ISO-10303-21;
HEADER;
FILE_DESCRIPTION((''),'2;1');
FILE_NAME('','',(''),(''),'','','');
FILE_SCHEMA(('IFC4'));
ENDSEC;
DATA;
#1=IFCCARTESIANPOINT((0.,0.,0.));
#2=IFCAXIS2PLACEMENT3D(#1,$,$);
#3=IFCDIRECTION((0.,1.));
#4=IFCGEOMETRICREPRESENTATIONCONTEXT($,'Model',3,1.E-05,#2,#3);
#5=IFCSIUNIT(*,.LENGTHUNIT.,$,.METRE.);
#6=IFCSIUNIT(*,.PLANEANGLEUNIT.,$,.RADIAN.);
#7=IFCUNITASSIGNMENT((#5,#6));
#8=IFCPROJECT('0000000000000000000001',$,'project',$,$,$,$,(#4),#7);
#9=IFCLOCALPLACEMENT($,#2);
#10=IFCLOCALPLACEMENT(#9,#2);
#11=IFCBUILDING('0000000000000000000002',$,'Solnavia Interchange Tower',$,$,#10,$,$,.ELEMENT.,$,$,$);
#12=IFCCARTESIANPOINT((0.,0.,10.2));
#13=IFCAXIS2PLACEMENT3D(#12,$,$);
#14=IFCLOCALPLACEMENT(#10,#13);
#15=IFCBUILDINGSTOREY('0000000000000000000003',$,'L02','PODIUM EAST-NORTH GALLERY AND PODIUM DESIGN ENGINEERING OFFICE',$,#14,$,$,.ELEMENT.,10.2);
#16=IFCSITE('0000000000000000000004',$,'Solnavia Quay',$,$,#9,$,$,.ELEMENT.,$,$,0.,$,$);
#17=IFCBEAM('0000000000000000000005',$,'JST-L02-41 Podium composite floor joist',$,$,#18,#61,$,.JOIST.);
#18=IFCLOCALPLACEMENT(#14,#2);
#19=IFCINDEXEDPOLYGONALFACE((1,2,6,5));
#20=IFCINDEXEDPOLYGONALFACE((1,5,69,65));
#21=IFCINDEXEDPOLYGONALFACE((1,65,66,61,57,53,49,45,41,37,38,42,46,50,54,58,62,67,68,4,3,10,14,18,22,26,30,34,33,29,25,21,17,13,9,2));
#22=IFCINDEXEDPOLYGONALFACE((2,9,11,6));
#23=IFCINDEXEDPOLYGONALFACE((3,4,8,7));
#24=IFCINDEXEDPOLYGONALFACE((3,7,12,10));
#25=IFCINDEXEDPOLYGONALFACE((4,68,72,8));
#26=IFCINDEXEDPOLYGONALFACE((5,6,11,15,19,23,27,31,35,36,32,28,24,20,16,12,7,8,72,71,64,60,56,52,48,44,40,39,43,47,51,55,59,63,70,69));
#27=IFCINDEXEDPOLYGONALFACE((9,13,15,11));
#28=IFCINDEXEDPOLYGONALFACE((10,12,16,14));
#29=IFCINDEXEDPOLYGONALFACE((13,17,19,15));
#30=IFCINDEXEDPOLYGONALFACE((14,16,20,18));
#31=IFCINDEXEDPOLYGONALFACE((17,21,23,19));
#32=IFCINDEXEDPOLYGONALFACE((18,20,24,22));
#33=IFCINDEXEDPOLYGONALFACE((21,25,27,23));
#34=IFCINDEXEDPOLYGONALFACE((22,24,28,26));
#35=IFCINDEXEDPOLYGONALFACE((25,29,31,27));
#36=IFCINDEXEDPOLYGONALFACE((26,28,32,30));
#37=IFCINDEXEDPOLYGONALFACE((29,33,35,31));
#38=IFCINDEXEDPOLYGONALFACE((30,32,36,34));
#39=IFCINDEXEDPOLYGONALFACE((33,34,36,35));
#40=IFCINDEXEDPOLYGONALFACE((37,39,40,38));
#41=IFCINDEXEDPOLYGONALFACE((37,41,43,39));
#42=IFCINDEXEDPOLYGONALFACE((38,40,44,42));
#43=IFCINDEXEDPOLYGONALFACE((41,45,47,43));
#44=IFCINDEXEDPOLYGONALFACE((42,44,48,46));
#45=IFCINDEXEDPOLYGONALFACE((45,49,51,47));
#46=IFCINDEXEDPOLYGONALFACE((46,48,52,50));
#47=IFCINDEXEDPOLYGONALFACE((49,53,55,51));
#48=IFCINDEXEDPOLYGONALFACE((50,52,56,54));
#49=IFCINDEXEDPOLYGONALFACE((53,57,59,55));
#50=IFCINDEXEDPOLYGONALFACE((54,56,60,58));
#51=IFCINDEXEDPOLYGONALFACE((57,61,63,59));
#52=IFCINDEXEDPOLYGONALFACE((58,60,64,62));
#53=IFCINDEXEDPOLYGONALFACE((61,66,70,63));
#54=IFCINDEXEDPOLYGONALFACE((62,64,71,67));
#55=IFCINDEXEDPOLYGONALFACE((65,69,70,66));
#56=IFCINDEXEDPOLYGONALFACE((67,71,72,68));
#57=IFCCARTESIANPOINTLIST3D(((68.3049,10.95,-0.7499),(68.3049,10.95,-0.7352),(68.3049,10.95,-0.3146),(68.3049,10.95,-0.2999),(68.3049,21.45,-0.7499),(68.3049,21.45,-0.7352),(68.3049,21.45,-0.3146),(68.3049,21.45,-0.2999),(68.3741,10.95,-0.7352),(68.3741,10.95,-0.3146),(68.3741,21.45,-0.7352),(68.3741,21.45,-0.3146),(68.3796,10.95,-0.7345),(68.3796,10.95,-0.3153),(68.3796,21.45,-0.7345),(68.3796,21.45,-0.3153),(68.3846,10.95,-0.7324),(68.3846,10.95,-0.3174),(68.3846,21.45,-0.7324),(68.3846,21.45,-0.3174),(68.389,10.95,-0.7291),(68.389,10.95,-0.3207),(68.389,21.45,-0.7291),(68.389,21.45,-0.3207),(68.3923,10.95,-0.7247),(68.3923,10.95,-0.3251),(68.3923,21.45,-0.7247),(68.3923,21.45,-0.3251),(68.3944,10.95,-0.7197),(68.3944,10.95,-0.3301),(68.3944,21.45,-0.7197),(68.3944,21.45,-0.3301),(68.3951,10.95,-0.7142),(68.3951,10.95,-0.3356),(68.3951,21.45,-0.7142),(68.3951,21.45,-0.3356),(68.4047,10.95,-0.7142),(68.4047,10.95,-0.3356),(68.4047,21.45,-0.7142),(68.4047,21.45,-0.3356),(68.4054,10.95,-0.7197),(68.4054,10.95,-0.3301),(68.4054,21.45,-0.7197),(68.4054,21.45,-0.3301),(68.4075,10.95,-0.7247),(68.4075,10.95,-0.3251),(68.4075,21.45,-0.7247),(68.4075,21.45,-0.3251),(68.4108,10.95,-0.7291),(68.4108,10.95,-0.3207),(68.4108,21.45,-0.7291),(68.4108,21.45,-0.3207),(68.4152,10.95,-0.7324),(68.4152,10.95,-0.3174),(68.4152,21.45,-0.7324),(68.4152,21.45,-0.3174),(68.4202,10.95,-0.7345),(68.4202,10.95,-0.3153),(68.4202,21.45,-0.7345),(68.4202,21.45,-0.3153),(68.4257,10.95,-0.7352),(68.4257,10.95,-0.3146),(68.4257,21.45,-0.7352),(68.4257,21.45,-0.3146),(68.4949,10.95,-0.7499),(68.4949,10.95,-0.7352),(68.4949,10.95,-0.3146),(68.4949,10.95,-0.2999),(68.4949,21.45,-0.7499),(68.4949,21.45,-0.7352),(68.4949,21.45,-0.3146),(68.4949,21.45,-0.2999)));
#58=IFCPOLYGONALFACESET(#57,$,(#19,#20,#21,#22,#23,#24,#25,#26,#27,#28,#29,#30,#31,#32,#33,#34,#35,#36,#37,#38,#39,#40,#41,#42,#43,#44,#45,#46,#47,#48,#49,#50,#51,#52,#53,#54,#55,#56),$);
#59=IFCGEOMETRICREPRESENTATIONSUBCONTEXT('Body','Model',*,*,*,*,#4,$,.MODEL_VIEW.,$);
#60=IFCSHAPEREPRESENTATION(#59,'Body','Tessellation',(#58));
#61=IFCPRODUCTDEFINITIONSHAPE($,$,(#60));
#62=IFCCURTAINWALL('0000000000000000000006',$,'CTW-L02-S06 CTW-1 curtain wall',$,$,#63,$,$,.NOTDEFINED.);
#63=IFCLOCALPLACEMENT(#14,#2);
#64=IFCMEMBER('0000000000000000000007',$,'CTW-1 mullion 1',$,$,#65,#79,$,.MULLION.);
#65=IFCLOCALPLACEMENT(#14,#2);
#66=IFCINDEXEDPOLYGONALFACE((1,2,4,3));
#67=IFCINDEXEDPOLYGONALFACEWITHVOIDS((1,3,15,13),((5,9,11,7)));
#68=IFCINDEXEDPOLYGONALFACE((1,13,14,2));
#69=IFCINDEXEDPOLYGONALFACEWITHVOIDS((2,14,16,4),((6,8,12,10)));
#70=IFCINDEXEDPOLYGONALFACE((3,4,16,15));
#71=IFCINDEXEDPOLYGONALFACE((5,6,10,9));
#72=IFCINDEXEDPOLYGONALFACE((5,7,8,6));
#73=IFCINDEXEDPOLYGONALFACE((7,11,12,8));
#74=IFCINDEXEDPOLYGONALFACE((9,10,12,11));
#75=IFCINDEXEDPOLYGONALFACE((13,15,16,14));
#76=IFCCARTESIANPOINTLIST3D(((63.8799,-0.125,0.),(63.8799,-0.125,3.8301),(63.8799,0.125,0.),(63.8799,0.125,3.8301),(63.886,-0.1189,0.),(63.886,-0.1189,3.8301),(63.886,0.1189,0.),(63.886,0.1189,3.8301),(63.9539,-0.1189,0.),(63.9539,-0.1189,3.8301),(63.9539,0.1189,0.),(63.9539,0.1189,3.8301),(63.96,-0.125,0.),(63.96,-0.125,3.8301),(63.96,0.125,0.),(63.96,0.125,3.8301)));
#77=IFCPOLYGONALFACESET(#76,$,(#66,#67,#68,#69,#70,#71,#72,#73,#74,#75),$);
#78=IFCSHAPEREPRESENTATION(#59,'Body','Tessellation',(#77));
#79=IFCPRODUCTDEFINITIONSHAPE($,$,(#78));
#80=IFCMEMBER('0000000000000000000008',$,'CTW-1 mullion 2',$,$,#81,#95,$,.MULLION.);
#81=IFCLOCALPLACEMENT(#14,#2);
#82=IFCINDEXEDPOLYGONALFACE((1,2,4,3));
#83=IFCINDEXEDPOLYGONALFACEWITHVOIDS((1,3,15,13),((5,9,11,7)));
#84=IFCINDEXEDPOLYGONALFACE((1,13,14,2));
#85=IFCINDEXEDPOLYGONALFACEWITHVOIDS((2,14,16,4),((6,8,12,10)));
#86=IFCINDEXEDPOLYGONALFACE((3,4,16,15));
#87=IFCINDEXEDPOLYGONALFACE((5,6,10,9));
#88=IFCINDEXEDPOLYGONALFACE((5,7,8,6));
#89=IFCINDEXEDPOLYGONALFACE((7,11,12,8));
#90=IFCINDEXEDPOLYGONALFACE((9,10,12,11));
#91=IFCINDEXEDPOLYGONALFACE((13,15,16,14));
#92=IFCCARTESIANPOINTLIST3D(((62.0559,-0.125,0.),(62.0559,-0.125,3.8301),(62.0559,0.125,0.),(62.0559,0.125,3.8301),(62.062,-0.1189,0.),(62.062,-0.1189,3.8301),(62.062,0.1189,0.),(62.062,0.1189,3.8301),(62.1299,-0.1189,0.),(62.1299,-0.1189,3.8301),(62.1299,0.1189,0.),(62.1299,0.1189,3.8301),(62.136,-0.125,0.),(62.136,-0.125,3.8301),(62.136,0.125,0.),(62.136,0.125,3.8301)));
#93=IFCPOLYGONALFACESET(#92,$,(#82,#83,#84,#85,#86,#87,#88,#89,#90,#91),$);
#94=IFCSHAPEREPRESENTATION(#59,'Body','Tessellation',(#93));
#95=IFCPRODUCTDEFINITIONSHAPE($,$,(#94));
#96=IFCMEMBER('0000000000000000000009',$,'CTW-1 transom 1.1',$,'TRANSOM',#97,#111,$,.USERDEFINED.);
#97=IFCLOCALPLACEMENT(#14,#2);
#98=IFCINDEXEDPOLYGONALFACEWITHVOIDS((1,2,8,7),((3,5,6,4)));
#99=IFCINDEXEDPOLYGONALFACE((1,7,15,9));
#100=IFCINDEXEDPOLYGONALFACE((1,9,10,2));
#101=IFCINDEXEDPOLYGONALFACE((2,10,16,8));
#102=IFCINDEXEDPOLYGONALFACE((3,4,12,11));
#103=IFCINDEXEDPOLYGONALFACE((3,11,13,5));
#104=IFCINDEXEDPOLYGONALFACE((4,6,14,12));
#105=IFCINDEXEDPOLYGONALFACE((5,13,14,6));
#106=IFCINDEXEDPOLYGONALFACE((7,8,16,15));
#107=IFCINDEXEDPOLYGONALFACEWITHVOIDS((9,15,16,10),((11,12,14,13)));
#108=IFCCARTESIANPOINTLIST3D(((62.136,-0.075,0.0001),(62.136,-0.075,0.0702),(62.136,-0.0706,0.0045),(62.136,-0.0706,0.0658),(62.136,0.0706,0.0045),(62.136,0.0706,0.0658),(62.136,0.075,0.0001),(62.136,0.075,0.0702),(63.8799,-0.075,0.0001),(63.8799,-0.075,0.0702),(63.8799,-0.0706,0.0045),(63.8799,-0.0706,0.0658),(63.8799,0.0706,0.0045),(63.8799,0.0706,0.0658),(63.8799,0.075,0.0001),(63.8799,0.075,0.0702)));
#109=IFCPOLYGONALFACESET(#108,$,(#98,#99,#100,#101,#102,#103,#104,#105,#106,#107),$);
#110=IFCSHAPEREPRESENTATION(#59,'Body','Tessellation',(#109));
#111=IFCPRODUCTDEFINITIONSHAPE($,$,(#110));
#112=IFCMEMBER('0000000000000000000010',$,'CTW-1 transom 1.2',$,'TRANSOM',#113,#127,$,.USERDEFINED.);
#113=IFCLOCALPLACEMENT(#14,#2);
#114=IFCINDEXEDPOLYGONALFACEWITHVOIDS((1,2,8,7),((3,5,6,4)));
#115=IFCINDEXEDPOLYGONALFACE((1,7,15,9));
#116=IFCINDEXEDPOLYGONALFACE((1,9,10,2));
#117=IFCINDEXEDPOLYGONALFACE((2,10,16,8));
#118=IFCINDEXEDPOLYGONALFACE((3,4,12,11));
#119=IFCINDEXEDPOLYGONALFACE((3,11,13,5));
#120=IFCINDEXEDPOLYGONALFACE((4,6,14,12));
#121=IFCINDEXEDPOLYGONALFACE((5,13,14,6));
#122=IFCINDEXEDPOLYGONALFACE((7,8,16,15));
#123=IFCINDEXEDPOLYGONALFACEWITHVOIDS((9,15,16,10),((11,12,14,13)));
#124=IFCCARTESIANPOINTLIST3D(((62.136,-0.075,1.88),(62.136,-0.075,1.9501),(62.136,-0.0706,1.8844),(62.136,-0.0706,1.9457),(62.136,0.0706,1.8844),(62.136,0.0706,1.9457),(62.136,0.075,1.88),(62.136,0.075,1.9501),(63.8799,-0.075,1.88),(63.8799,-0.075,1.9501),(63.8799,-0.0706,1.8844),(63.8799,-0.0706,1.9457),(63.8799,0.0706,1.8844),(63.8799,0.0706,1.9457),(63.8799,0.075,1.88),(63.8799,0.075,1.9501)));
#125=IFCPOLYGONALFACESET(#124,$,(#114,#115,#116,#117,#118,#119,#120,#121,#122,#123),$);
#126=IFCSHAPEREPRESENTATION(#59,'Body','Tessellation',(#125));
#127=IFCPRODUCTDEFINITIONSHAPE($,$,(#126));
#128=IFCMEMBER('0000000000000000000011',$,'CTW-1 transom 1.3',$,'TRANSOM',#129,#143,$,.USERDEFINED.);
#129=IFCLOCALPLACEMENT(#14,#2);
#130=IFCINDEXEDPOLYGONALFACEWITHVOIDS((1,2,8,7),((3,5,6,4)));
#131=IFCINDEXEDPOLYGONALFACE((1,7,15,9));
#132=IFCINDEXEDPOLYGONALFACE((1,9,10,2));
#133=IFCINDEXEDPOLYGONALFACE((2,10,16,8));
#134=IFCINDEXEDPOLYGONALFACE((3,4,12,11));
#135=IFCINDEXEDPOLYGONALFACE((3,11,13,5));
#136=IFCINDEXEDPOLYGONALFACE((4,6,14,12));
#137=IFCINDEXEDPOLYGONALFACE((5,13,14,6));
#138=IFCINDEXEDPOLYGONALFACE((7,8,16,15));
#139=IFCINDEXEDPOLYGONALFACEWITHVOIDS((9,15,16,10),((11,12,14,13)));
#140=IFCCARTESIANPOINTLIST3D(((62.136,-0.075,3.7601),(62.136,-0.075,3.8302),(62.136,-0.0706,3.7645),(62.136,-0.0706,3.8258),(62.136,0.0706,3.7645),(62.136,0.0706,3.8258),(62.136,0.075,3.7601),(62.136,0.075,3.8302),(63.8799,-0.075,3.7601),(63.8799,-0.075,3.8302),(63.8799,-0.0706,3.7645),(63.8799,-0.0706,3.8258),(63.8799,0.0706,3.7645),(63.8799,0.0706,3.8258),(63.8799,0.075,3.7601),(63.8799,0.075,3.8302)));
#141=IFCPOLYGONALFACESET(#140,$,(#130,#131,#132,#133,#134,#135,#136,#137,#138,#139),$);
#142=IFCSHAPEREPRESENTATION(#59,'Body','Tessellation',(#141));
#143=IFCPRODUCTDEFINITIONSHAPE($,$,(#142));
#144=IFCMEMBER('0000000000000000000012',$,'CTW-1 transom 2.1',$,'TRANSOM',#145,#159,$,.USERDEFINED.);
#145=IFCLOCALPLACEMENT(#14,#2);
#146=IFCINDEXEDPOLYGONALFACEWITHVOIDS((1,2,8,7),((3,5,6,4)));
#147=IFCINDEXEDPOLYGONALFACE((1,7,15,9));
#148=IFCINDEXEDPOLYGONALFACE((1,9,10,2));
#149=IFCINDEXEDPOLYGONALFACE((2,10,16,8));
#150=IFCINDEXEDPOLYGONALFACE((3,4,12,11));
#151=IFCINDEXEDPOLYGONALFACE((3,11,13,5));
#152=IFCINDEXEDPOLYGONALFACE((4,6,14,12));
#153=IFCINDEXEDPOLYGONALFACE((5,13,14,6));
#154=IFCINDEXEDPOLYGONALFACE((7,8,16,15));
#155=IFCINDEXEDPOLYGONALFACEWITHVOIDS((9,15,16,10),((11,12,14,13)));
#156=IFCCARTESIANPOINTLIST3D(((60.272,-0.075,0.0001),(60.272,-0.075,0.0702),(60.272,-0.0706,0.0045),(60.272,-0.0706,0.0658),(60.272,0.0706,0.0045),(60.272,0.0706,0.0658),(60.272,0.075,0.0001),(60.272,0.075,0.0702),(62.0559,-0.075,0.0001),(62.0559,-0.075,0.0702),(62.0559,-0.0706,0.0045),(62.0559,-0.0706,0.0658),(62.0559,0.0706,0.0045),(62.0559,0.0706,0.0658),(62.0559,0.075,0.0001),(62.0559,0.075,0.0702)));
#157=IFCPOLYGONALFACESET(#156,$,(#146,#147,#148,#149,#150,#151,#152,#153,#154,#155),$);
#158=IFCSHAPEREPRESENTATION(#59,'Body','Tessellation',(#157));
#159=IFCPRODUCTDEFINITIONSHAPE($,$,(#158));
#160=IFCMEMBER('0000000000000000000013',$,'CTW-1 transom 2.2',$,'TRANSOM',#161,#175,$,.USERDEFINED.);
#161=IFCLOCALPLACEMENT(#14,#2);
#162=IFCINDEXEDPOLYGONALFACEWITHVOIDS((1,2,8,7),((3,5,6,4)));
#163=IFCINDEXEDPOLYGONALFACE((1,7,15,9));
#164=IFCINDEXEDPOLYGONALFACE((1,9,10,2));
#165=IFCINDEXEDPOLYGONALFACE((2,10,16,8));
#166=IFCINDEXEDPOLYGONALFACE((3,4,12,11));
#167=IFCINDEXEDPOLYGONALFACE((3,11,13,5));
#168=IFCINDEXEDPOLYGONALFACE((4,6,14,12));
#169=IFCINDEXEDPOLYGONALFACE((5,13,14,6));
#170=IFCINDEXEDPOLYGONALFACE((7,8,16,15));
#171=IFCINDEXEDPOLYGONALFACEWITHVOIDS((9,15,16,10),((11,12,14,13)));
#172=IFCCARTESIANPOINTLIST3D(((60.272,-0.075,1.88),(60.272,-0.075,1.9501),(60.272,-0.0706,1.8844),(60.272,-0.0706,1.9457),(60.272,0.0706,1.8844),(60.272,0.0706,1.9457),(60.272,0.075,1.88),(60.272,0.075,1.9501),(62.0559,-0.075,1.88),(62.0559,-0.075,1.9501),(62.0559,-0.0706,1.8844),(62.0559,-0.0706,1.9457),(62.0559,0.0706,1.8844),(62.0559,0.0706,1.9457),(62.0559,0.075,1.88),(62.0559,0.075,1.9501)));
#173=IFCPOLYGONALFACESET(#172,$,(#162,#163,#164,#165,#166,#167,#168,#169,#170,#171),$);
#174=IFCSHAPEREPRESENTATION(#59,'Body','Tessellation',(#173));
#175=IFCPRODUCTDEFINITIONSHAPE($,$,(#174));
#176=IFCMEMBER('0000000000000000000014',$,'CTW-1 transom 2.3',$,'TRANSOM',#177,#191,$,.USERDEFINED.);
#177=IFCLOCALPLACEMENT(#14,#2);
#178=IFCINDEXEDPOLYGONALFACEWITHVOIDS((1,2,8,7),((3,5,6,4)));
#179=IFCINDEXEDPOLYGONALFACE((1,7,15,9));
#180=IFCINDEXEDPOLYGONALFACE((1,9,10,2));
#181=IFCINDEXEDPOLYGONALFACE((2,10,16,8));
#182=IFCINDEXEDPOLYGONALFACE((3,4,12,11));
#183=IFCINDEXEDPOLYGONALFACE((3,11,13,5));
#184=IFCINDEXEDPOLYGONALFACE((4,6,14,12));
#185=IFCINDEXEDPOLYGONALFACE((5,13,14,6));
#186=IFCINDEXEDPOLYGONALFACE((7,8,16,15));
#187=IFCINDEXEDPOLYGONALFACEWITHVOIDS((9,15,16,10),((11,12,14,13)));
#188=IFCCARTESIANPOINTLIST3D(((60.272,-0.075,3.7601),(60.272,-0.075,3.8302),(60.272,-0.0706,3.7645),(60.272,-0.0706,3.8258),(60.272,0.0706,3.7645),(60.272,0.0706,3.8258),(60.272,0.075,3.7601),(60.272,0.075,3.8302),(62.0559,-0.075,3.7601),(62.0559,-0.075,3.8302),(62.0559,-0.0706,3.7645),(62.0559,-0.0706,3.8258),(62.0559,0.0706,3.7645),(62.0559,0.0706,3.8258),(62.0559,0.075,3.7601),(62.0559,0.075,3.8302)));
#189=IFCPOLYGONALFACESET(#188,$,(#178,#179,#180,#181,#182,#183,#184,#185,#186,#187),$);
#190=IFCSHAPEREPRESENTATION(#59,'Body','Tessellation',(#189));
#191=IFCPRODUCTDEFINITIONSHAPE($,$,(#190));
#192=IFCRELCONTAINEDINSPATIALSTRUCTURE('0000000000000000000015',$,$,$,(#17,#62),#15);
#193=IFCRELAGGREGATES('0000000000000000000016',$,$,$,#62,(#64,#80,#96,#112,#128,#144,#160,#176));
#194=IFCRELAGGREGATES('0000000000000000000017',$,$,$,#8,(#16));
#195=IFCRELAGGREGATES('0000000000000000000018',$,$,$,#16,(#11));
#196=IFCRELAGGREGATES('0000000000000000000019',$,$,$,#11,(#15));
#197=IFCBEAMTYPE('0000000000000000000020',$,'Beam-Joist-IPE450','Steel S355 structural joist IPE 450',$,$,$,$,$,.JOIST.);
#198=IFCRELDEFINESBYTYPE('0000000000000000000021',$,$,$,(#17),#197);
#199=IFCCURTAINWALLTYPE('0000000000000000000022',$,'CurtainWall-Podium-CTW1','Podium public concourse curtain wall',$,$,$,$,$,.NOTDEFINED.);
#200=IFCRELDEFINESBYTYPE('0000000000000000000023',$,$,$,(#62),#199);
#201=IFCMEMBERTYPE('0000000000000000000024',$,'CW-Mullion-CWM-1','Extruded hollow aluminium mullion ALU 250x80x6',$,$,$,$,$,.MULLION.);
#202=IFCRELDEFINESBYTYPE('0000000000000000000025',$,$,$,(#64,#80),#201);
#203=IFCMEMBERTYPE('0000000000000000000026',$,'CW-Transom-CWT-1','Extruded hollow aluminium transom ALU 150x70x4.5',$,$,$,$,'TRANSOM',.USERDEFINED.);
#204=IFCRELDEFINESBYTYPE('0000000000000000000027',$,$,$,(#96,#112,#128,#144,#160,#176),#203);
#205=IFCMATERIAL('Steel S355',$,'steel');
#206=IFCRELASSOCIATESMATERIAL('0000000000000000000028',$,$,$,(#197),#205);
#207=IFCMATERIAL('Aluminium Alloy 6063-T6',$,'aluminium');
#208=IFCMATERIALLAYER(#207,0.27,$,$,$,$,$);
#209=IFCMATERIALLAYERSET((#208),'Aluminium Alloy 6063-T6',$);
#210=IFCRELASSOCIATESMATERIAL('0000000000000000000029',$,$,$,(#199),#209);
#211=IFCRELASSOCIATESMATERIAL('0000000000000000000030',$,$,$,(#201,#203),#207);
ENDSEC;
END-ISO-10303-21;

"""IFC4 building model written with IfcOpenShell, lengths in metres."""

from ifc_helpers import new_model, si_unit, direction, frame, origin, origin_2d, place, context, subcontext, project, spatial, hollow_rectangle, i_section, extrude, material, layer, layer_set, material_profile, profile_set, type_object, element, aggregate, save


model = new_model("IFC4")

# Units and contexts
model_context = context("Model", 3, precision=1e-05, world=origin(), true_north=direction((0.0, 1.0)))
body_context = subcontext(model_context, "Body", "Model", "MODEL_VIEW")
ifc_project = project(units=[si_unit("LENGTHUNIT", "METRE"), si_unit("PLANEANGLEUNIT", "RADIAN")], contexts=[model_context])

# Site, building, storey
site_placement = place(None, origin())
site = spatial("IfcSite", under=ifc_project, at=site_placement, Name="Solnavia Quay", CompositionType="ELEMENT", RefElevation=0.0)
building_placement = place(site_placement, origin())
building = spatial("IfcBuilding", under=site, at=building_placement, Name="Solnavia Interchange Tower", CompositionType="ELEMENT")
storey_placement = place(building_placement, frame((0.0, 0.0, 10.2)))
storey = spatial("IfcBuildingStorey", under=building, at=storey_placement, Name="L02", Description="PODIUM EAST-NORTH GALLERY AND PODIUM DESIGN ENGINEERING OFFICE", CompositionType="ELEMENT", Elevation=10.2)

# Beam
ifc_material_1 = material(Name="Steel S355", Category="steel")
ifc_material_profile_1 = material_profile(ifc_material_1, i_section(OverallWidth=0.1899, OverallDepth=0.45, WebThickness=0.0095, FlangeThickness=0.0146, FilletRadius=0.021, at=origin_2d()), Name="IPE 450")
ifc_profile_set_1 = profile_set([ifc_material_profile_1], Name="Steel S355")
beam_type_1 = type_object("IfcBeamType", Name="Beam-Joist-IPE450", Description="Steel S355 structural joist IPE 450", PredefinedType="JOIST", material=ifc_profile_set_1)
for number, where, z_axis, x_axis, name in (
    (1, (68.3999, 10.95, -0.5249), (0.0, 1.0, 0.0), (-1.0, 0.0, 0.0), "JST-L02-41 Podium composite floor joist"),
):
    element("IfcBeam", number, at=place(storey_placement, frame(where, z_axis=z_axis, x_axis=x_axis)), inside=storey, type_object=beam_type_1, Name=name, PredefinedType="JOIST", context=body_context, shape_type="SweptSolid", body=[
        extrude(i_section(OverallWidth=0.1899, OverallDepth=0.45, WebThickness=0.0095, FlangeThickness=0.0146, FilletRadius=0.021, at=origin_2d()), origin(), (0.0, 0.0, 1.0), 10.5),
    ])

# Curtain wall, members
ifc_material_2 = material(Name="Aluminium Alloy 6063-T6", Category="aluminium")
ifc_layer_1 = layer(ifc_material_2, 0.27)
ifc_layer_set_1 = layer_set([ifc_layer_1], Name="Aluminium Alloy 6063-T6")
curtain_wall_type = type_object("IfcCurtainWallType", Name="CurtainWall-Podium-CTW1", Description="Podium public concourse curtain wall", PredefinedType="NOTDEFINED", material=ifc_layer_set_1)
curtain_wall_placement = place(storey_placement, origin())
curtain_wall = element("IfcCurtainWall", 2, at=curtain_wall_placement, inside=storey, type_object=curtain_wall_type, Name="CTW-L02-S06 CTW-1 curtain wall", PredefinedType="NOTDEFINED")
ifc_material_profile_2 = material_profile(ifc_material_2, hollow_rectangle(XDim=0.0801, YDim=0.25, WallThickness=0.0061, at=origin_2d()), Name="ALU 250x80x6")
ifc_profile_set_2 = profile_set([ifc_material_profile_2], Name="Aluminium Alloy 6063-T6")
member_type_1 = type_object("IfcMemberType", Name="CW-Mullion-CWM-1", Description="Extruded hollow aluminium mullion ALU 250x80x6", PredefinedType="MULLION", material=ifc_profile_set_2)
member_1_placement = place(storey_placement, frame((63.9199, 0.0, 0.0), z_axis=(0.0, 0.0, 1.0), x_axis=(-1.0, 0.0, 0.0)))
member_1 = element("IfcMember", 3, at=member_1_placement, type_object=member_type_1, Name="CTW-1 mullion 1", PredefinedType="MULLION", context=body_context, shape_type="SweptSolid", body=[
    extrude(hollow_rectangle(XDim=0.0801, YDim=0.25, WallThickness=0.0061, at=origin_2d()), origin(), (0.0, 0.0, 1.0), 3.8301),
])
member_2_placement = place(storey_placement, frame((62.0959, 0.0, 0.0), z_axis=(0.0, 0.0, 1.0), x_axis=(-1.0, 0.0, 0.0)))
member_2 = element("IfcMember", 4, at=member_2_placement, type_object=member_type_1, Name="CTW-1 mullion 2", PredefinedType="MULLION", context=body_context, shape_type="SweptSolid", body=[
    extrude(hollow_rectangle(XDim=0.0801, YDim=0.25, WallThickness=0.0061, at=origin_2d()), origin(), (0.0, 0.0, 1.0), 3.8301),
])
ifc_material_profile_3 = material_profile(ifc_material_2, hollow_rectangle(XDim=0.0701, YDim=0.1499, WallThickness=0.0044, at=origin_2d()), Name="ALU 150x70x4.5")
ifc_profile_set_3 = profile_set([ifc_material_profile_3], Name="Aluminium Alloy 6063-T6")
member_type_2 = type_object("IfcMemberType", Name="CW-Transom-CWT-1", Description="Extruded hollow aluminium transom ALU 150x70x4.5", ElementType="TRANSOM", PredefinedType="USERDEFINED", material=ifc_profile_set_3)
member_3_placement = place(storey_placement, frame((63.8799, 0.0, 0.0352), z_axis=(-1.0, 0.0, 0.0), x_axis=(0.0, 0.0, 1.0)))
member_3 = element("IfcMember", 5, at=member_3_placement, type_object=member_type_2, Name="CTW-1 transom 1.1", ObjectType="TRANSOM", PredefinedType="USERDEFINED", context=body_context, shape_type="SweptSolid", body=[
    extrude(hollow_rectangle(XDim=0.0701, YDim=0.1499, WallThickness=0.0044, at=origin_2d()), origin(), (0.0, 0.0, 1.0), 1.7439),
])
member_4_placement = place(storey_placement, frame((63.8799, 0.0, 1.915), z_axis=(-1.0, 0.0, 0.0), x_axis=(0.0, 0.0, 1.0)))
member_4 = element("IfcMember", 6, at=member_4_placement, type_object=member_type_2, Name="CTW-1 transom 1.2", ObjectType="TRANSOM", PredefinedType="USERDEFINED", context=body_context, shape_type="SweptSolid", body=[
    extrude(hollow_rectangle(XDim=0.0701, YDim=0.1499, WallThickness=0.0044, at=origin_2d()), origin(), (0.0, 0.0, 1.0), 1.7439),
])
member_5_placement = place(storey_placement, frame((63.8799, 0.0, 3.7952), z_axis=(-1.0, 0.0, 0.0), x_axis=(0.0, 0.0, 1.0)))
member_5 = element("IfcMember", 7, at=member_5_placement, type_object=member_type_2, Name="CTW-1 transom 1.3", ObjectType="TRANSOM", PredefinedType="USERDEFINED", context=body_context, shape_type="SweptSolid", body=[
    extrude(hollow_rectangle(XDim=0.0701, YDim=0.1499, WallThickness=0.0044, at=origin_2d()), origin(), (0.0, 0.0, 1.0), 1.7439),
])
member_6_placement = place(storey_placement, frame((62.0559, 0.0, 0.0352), z_axis=(-1.0, 0.0, 0.0), x_axis=(0.0, 0.0, 1.0)))
member_6 = element("IfcMember", 8, at=member_6_placement, type_object=member_type_2, Name="CTW-1 transom 2.1", ObjectType="TRANSOM", PredefinedType="USERDEFINED", context=body_context, shape_type="SweptSolid", body=[
    extrude(hollow_rectangle(XDim=0.0701, YDim=0.1499, WallThickness=0.0044, at=origin_2d()), origin(), (0.0, 0.0, 1.0), 1.7839),
])
member_7_placement = place(storey_placement, frame((62.0559, 0.0, 1.915), z_axis=(-1.0, 0.0, 0.0), x_axis=(0.0, 0.0, 1.0)))
member_7 = element("IfcMember", 9, at=member_7_placement, type_object=member_type_2, Name="CTW-1 transom 2.2", ObjectType="TRANSOM", PredefinedType="USERDEFINED", context=body_context, shape_type="SweptSolid", body=[
    extrude(hollow_rectangle(XDim=0.0701, YDim=0.1499, WallThickness=0.0044, at=origin_2d()), origin(), (0.0, 0.0, 1.0), 1.7839),
])
member_8_placement = place(storey_placement, frame((62.0559, 0.0, 3.7952), z_axis=(-1.0, 0.0, 0.0), x_axis=(0.0, 0.0, 1.0)))
member_8 = element("IfcMember", 10, at=member_8_placement, type_object=member_type_2, Name="CTW-1 transom 2.3", ObjectType="TRANSOM", PredefinedType="USERDEFINED", context=body_context, shape_type="SweptSolid", body=[
    extrude(hollow_rectangle(XDim=0.0701, YDim=0.1499, WallThickness=0.0044, at=origin_2d()), origin(), (0.0, 0.0, 1.0), 1.7839),
])
aggregate(curtain_wall, [member_1, member_2, member_3, member_4, member_5, member_6, member_7, member_8])

save(model, "model.ifc")
